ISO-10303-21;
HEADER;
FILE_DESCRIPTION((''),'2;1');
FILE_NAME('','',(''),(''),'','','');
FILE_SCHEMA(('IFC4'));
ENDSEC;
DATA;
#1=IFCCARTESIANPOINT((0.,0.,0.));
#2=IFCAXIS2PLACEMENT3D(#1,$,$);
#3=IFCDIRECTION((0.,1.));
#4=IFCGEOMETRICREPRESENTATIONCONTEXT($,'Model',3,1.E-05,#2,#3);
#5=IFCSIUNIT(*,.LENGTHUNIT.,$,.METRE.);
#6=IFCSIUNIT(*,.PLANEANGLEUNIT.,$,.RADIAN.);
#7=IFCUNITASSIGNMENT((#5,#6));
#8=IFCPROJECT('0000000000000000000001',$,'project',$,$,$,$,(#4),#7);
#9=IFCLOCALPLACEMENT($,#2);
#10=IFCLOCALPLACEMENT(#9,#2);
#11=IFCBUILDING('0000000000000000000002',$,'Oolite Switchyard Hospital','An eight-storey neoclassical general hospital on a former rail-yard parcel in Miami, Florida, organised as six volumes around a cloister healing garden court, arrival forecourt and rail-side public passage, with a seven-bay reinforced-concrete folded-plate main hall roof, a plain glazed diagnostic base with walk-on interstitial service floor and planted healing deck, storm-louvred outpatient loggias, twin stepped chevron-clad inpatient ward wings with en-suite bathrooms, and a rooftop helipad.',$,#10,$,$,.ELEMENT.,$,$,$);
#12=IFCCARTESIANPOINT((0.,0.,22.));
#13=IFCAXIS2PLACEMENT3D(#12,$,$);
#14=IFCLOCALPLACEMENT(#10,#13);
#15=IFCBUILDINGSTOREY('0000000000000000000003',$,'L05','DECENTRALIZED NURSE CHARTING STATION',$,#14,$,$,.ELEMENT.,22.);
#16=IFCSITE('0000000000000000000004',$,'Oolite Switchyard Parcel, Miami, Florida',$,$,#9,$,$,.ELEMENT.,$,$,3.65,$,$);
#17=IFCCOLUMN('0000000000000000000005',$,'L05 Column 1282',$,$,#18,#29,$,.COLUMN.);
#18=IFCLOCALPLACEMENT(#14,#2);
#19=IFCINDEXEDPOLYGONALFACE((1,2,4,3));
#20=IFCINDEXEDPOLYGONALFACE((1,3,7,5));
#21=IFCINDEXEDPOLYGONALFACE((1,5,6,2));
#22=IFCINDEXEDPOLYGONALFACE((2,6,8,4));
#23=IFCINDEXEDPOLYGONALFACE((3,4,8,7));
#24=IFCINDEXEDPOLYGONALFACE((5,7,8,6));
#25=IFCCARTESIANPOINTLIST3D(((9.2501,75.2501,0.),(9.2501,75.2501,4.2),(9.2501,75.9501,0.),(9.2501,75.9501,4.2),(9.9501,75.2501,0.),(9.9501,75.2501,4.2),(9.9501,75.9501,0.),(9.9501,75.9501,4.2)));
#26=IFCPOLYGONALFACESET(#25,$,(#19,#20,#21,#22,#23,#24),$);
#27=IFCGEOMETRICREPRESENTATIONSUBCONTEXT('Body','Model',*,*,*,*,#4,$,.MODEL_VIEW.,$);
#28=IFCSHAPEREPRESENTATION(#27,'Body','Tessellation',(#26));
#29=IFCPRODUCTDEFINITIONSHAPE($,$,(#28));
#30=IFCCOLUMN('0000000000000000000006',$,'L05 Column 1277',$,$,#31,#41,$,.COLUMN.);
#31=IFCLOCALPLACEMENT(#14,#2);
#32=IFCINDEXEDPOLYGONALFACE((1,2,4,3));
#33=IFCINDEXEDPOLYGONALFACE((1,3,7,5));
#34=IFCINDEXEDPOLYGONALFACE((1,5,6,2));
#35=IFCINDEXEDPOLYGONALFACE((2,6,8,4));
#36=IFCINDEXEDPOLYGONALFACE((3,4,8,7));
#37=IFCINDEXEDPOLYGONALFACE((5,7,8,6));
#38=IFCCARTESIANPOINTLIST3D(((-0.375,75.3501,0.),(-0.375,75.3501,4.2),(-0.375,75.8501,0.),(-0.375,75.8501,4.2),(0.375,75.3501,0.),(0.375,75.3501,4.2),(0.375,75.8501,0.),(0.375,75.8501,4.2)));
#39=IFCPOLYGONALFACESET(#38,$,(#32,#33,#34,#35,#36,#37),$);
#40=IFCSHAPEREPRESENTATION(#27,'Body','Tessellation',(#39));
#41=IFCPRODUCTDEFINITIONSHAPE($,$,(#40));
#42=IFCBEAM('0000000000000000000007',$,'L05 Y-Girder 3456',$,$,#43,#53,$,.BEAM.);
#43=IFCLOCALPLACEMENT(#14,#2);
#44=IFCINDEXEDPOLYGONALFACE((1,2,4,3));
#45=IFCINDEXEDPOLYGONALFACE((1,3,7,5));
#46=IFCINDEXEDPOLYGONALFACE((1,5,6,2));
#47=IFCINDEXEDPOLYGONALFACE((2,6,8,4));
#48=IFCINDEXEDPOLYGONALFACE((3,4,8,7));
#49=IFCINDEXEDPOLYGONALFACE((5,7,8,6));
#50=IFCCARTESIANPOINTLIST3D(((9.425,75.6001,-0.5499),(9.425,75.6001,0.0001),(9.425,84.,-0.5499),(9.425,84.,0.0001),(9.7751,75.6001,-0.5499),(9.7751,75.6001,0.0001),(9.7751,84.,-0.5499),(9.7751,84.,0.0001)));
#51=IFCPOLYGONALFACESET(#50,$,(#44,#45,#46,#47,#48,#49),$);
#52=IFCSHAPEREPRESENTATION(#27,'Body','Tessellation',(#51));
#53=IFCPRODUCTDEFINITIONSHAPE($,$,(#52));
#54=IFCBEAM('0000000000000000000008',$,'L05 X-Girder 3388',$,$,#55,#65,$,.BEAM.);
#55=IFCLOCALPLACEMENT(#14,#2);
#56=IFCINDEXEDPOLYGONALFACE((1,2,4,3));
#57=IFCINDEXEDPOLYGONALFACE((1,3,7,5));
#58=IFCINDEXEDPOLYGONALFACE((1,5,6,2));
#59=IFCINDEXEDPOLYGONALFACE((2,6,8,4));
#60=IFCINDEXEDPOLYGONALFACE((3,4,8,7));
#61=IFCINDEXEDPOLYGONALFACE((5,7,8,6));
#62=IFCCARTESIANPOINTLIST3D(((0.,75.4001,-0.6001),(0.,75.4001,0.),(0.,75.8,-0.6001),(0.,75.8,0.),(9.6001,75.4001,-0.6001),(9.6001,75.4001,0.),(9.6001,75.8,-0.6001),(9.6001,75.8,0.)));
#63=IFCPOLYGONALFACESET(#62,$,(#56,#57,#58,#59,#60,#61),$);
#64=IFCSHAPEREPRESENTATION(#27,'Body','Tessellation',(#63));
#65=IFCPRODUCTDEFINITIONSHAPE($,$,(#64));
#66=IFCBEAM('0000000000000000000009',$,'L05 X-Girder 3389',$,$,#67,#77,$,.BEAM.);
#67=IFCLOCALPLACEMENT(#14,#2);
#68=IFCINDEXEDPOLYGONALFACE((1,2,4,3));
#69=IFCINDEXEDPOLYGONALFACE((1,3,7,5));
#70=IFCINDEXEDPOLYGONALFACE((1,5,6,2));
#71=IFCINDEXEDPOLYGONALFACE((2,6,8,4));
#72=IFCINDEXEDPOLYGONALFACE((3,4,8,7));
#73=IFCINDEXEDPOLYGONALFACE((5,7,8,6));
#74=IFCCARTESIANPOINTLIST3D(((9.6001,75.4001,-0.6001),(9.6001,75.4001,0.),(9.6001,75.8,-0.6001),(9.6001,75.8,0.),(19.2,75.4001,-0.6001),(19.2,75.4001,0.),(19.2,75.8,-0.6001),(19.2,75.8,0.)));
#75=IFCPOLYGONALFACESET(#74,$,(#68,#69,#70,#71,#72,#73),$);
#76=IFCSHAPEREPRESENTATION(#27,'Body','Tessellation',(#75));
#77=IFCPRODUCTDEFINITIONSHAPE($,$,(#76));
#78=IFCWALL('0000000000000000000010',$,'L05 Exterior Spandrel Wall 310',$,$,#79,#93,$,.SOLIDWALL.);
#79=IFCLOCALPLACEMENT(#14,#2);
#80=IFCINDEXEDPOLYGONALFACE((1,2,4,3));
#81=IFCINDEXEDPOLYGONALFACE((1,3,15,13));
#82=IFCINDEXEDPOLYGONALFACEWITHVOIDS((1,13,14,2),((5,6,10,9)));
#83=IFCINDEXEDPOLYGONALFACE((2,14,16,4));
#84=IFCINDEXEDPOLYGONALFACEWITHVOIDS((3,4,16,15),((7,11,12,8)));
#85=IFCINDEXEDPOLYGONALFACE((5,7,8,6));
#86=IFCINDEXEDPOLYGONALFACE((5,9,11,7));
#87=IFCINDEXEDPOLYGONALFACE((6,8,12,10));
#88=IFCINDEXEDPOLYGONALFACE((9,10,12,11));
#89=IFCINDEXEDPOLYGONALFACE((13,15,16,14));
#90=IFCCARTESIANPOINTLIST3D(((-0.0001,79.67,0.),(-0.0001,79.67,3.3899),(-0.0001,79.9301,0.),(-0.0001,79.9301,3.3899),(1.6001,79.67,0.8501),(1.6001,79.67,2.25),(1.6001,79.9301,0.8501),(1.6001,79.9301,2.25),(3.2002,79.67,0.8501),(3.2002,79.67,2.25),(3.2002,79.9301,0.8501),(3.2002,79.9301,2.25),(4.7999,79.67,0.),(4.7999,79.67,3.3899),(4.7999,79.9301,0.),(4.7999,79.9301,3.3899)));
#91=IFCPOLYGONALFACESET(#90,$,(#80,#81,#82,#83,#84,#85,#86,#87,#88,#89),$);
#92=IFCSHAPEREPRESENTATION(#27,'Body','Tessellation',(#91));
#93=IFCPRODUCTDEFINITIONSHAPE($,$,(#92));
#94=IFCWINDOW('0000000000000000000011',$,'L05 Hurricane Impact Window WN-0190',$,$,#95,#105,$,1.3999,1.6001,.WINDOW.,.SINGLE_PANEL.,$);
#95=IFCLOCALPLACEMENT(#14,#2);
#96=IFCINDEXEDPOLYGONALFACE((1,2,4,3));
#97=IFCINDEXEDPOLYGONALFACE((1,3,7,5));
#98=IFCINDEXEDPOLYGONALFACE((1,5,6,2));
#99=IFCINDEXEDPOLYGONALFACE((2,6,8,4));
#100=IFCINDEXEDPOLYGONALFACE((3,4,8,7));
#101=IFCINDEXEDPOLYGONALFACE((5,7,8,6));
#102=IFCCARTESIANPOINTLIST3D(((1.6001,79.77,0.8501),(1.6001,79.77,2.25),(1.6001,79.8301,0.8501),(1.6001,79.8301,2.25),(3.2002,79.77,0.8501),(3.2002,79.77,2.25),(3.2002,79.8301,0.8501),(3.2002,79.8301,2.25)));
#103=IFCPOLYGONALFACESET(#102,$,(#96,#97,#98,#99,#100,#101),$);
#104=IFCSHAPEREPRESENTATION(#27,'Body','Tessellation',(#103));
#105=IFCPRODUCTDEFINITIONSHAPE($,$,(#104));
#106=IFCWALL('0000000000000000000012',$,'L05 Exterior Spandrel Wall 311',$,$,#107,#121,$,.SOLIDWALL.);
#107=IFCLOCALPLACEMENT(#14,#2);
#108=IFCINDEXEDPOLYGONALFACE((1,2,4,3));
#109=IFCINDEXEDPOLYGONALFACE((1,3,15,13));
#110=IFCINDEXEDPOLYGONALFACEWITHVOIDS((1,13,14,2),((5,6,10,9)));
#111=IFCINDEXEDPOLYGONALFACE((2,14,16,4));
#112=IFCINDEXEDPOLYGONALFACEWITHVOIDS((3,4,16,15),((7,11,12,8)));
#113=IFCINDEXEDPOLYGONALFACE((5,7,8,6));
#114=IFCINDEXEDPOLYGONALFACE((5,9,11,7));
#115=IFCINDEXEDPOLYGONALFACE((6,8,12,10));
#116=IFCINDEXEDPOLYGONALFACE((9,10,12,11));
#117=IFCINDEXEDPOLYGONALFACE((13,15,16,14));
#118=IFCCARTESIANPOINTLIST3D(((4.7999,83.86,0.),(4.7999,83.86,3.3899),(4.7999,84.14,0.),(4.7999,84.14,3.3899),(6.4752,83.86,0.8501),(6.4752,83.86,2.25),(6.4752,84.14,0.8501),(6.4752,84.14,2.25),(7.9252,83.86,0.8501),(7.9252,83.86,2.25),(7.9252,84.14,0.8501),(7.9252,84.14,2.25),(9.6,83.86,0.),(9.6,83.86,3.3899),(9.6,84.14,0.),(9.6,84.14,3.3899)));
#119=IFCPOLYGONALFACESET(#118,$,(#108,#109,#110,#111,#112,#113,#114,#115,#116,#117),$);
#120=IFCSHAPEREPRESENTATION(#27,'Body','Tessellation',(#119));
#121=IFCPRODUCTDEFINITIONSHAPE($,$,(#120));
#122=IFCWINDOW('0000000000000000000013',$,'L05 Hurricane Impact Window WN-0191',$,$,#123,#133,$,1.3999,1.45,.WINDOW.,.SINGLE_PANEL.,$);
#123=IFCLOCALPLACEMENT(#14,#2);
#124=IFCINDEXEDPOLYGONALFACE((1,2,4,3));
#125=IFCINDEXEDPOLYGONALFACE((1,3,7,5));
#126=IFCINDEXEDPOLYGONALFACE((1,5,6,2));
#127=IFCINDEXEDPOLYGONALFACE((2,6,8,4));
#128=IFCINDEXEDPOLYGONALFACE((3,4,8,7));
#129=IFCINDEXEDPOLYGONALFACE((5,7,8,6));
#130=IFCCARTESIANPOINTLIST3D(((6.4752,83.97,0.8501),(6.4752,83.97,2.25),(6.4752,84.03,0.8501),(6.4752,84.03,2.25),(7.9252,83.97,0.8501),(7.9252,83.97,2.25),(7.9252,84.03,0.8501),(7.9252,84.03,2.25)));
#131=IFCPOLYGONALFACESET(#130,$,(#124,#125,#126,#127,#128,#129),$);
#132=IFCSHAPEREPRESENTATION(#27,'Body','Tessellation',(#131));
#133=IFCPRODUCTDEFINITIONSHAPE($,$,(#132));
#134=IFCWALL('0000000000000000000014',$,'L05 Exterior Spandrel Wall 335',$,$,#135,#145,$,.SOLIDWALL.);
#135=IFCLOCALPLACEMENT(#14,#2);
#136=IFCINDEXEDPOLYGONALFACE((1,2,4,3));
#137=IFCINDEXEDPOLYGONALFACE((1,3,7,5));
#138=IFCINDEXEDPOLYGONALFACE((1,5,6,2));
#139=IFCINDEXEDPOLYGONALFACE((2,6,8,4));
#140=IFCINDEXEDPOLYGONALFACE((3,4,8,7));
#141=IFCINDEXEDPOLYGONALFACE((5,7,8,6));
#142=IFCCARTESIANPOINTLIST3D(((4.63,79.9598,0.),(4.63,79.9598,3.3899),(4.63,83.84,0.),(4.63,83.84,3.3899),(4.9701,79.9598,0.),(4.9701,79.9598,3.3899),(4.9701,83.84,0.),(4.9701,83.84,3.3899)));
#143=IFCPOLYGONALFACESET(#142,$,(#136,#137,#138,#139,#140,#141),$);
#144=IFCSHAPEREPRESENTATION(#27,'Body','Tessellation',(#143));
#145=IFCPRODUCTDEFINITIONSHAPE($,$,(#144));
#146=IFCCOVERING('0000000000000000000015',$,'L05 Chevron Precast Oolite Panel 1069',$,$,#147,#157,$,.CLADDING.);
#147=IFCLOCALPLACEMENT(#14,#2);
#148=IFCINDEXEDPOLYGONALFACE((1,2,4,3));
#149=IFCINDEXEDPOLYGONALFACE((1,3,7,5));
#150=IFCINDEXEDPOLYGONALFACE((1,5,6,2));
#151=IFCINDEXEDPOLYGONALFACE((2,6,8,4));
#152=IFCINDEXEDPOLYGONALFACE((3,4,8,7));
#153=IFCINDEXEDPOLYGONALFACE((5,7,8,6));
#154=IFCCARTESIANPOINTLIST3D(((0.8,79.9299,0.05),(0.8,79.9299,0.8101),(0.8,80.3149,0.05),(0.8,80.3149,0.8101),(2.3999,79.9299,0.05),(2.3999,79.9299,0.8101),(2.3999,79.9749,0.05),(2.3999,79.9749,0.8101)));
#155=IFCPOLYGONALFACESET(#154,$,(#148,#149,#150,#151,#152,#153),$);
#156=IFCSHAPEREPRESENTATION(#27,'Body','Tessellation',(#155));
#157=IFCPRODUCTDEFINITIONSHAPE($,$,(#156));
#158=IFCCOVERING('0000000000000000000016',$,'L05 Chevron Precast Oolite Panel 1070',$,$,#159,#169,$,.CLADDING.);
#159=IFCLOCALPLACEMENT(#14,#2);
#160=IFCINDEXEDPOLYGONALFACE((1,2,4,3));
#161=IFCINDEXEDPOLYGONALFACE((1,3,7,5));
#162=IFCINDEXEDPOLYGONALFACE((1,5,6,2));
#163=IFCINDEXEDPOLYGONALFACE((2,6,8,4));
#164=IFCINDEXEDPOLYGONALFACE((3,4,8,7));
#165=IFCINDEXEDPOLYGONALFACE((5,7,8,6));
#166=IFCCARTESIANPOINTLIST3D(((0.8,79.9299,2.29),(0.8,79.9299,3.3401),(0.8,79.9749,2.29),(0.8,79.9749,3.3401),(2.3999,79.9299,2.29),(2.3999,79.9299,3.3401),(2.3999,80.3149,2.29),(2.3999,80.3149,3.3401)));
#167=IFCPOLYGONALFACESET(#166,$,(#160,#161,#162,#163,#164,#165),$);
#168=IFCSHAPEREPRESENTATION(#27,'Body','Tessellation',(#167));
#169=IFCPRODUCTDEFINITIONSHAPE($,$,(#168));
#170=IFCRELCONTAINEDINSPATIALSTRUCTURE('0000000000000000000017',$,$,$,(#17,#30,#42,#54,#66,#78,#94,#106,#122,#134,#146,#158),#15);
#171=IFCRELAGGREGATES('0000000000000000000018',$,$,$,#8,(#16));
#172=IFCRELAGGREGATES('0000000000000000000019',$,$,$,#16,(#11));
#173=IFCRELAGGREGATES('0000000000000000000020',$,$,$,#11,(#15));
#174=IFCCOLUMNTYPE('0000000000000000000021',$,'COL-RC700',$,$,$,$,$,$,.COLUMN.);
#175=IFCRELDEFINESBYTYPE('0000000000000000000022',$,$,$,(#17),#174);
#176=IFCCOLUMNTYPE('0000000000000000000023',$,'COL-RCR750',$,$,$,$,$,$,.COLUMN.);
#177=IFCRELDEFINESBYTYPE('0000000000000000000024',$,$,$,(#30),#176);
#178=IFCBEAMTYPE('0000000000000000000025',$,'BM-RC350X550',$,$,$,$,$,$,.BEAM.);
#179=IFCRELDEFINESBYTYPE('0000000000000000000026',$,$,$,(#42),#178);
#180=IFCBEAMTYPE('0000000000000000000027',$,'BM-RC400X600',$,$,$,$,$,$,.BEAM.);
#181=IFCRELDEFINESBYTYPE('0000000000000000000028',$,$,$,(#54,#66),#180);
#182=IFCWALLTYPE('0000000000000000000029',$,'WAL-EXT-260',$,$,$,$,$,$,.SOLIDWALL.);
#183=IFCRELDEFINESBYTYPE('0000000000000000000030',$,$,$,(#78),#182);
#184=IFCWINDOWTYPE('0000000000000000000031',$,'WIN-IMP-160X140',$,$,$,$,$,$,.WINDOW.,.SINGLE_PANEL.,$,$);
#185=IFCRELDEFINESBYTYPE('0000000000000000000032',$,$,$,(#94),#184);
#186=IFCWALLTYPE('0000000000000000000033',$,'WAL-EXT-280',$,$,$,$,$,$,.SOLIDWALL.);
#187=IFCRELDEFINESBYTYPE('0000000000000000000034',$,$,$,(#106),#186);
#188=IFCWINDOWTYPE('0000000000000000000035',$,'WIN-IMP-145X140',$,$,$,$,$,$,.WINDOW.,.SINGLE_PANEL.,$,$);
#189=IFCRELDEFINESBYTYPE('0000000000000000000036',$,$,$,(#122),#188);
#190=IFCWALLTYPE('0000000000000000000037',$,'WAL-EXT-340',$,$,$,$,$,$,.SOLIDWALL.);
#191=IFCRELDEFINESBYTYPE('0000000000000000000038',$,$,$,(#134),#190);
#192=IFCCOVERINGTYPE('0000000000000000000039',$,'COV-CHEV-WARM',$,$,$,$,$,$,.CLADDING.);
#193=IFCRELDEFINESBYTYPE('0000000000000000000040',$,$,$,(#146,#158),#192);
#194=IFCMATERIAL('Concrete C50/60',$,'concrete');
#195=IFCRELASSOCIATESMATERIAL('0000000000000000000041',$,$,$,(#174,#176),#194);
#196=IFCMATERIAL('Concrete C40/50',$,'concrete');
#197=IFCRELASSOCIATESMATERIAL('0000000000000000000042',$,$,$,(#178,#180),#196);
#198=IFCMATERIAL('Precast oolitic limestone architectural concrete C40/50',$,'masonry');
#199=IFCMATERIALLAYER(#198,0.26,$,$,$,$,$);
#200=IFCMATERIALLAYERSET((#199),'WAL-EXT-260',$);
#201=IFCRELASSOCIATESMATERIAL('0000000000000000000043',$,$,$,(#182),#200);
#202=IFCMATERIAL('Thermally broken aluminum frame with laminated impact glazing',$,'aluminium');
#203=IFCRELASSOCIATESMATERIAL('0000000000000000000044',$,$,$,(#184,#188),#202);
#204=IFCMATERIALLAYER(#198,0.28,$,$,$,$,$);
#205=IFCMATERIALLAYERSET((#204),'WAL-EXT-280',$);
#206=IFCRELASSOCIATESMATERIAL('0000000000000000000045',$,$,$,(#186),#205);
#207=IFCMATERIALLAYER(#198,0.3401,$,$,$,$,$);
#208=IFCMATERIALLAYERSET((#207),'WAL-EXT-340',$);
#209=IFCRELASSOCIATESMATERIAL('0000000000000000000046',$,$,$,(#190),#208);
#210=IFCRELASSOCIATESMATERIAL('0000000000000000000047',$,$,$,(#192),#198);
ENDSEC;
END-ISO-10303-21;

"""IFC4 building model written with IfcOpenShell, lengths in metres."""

from ifc_helpers import new_model, si_unit, direction, frame, frame_2d, origin, origin_2d, place, context, subcontext, project, spatial, polyline, rectangle, outline, extrude, material, layer, layer_set, material_profile, profile_set, type_object, element, fill, save


model = new_model("IFC4")

# Units and contexts
model_context = context("Model", 3, precision=1e-05, world=origin(), true_north=direction((0.0, 1.0)))
body_context = subcontext(model_context, "Body", "Model", "MODEL_VIEW")
ifc_project = project(units=[si_unit("LENGTHUNIT", "METRE"), si_unit("PLANEANGLEUNIT", "RADIAN")], contexts=[model_context])

# Site, building, storey
site_placement = place(None, origin())
site = spatial("IfcSite", under=ifc_project, at=site_placement, Name="Oolite Switchyard Parcel, Miami, Florida", CompositionType="ELEMENT", RefElevation=3.65)
building_placement = place(site_placement, origin())
building = spatial("IfcBuilding", under=site, at=building_placement, Name="Oolite Switchyard Hospital", Description="An eight-storey neoclassical general hospital on a former rail-yard parcel in Miami, Florida, organised as six volumes around a cloister healing garden court, arrival forecourt and rail-side public passage, with a seven-bay reinforced-concrete folded-plate main hall roof, a plain glazed diagnostic base with walk-on interstitial service floor and planted healing deck, storm-louvred outpatient loggias, twin stepped chevron-clad inpatient ward wings with en-suite bathrooms, and a rooftop helipad.", CompositionType="ELEMENT")
storey_placement = place(building_placement, frame((0.0, 0.0, 22.0)))
storey = spatial("IfcBuildingStorey", under=building, at=storey_placement, Name="L05", Description="DECENTRALIZED NURSE CHARTING STATION", CompositionType="ELEMENT", Elevation=22.0)

# Columns
ifc_material_1 = material(Name="Concrete C50/60", Category="concrete")
ifc_material_profile_1 = material_profile(ifc_material_1, rectangle(XDim=0.7, YDim=0.7, at=origin_2d()), Name="RC700X700")
ifc_profile_set_1 = profile_set([ifc_material_profile_1], Name="Concrete C50/60")
column_type_1 = type_object("IfcColumnType", Name="COL-RC700", PredefinedType="COLUMN", material=ifc_profile_set_1)
column_1_placement = place(storey_placement, frame((9.6001, 75.6001, 0.0), z_axis=(0.0, 0.0, 1.0), x_axis=(1.0, 0.0, 0.0)))
element("IfcColumn", 1, at=column_1_placement, inside=storey, type_object=column_type_1, Name="L05 Column 1282", PredefinedType="COLUMN", context=body_context, shape_type="SweptSolid", body=[
    extrude(rectangle(XDim=0.7, YDim=0.7, at=origin_2d()), origin(), (0.0, 0.0, 1.0), 4.2),
])
ifc_material_profile_2 = material_profile(ifc_material_1, rectangle(XDim=0.75, YDim=0.5, at=origin_2d()), Name="RC750X500")
ifc_profile_set_2 = profile_set([ifc_material_profile_2], Name="Concrete C50/60")
column_type_2 = type_object("IfcColumnType", Name="COL-RCR750", PredefinedType="COLUMN", material=ifc_profile_set_2)
column_2_placement = place(storey_placement, frame((0.0, 75.6001, 0.0), z_axis=(0.0, 0.0, 1.0), x_axis=(1.0, 0.0, 0.0)))
element("IfcColumn", 2, at=column_2_placement, inside=storey, type_object=column_type_2, Name="L05 Column 1277", PredefinedType="COLUMN", context=body_context, shape_type="SweptSolid", body=[
    extrude(rectangle(XDim=0.75, YDim=0.5, at=origin_2d()), origin(), (0.0, 0.0, 1.0), 4.2),
])

# Beams
ifc_material_2 = material(Name="Concrete C40/50", Category="concrete")
ifc_material_profile_3 = material_profile(ifc_material_2, rectangle(XDim=0.3501, YDim=0.55, at=origin_2d()), Name="RCB350X550")
ifc_profile_set_3 = profile_set([ifc_material_profile_3], Name="Concrete C40/50")
beam_type_1 = type_object("IfcBeamType", Name="BM-RC350X550", PredefinedType="BEAM", material=ifc_profile_set_3)
beam_1_placement = place(storey_placement, frame((9.6001, 75.6001, -0.2749), z_axis=(0.0, 1.0, 0.0), x_axis=(-1.0, 0.0, 0.0)))
element("IfcBeam", 3, at=beam_1_placement, inside=storey, type_object=beam_type_1, Name="L05 Y-Girder 3456", PredefinedType="BEAM", context=body_context, shape_type="SweptSolid", body=[
    extrude(rectangle(XDim=0.3501, YDim=0.55, at=origin_2d()), origin(), (0.0, 0.0, 1.0), 8.3999),
])
ifc_material_profile_4 = material_profile(ifc_material_2, rectangle(XDim=0.3999, YDim=0.6001, at=origin_2d()), Name="RCB400X600")
ifc_profile_set_4 = profile_set([ifc_material_profile_4], Name="Concrete C40/50")
beam_type_2 = type_object("IfcBeamType", Name="BM-RC400X600", PredefinedType="BEAM", material=ifc_profile_set_4)
beam_2_placement = place(storey_placement, frame((0.0, 75.6001, -0.3), z_axis=(1.0, 0.0, 0.0), x_axis=(0.0, 1.0, 0.0)))
element("IfcBeam", 4, at=beam_2_placement, inside=storey, type_object=beam_type_2, Name="L05 X-Girder 3388", PredefinedType="BEAM", context=body_context, shape_type="SweptSolid", body=[
    extrude(rectangle(XDim=0.3999, YDim=0.6001, at=origin_2d()), origin(), (0.0, 0.0, 1.0), 9.6001),
])
beam_3_placement = place(storey_placement, frame((9.6001, 75.6001, -0.3), z_axis=(1.0, 0.0, 0.0), x_axis=(0.0, 1.0, 0.0)))
element("IfcBeam", 5, at=beam_3_placement, inside=storey, type_object=beam_type_2, Name="L05 X-Girder 3389", PredefinedType="BEAM", context=body_context, shape_type="SweptSolid", body=[
    extrude(rectangle(XDim=0.3999, YDim=0.6001, at=origin_2d()), origin(), (0.0, 0.0, 1.0), 9.5999),
])

# Walls, openings, windows
ifc_material_3 = material(Name="Precast oolitic limestone architectural concrete C40/50", Category="masonry")
ifc_layer_1 = layer(ifc_material_3, 0.26)
ifc_layer_set_1 = layer_set([ifc_layer_1], Name="WAL-EXT-260")
wall_type_1 = type_object("IfcWallType", Name="WAL-EXT-260", PredefinedType="SOLIDWALL", material=ifc_layer_set_1)
wall_1_placement = place(storey_placement, frame((0.0, 79.8, 0.0), z_axis=(0.0, 0.0, 1.0), x_axis=(1.0, 0.0, 0.0)))
wall_1 = element("IfcWall", 6, at=wall_1_placement, inside=storey, type_object=wall_type_1, Name="L05 Exterior Spandrel Wall 310", PredefinedType="SOLIDWALL", context=body_context, shape_type="SweptSolid", body=[
    extrude(rectangle(XDim=4.8, YDim=0.26, at=frame_2d((2.3999, 0.0))), origin(), (0.0, 0.0, 1.0), 3.3899),
])
opening_1_placement = place(wall_1_placement, frame((1.6001, 0.0, 0.8501)))
opening_1 = element("IfcOpeningElement", 7, at=opening_1_placement, cuts=wall_1, PredefinedType="OPENING", context=body_context, shape_type="SweptSolid", body=[
    extrude(rectangle(XDim=1.6001, YDim=1.3999, at=frame_2d((0.8, 0.7))), frame((0.0, 0.1401, 0.0), z_axis=(0.0, -1.0, 0.0), x_axis=(1.0, 0.0, 0.0)), (0.0, 0.0, 1.0), 0.28),
])
ifc_material_4 = material(Name="Thermally broken aluminum frame with laminated impact glazing", Category="aluminium")
window_type_1 = type_object("IfcWindowType", Name="WIN-IMP-160X140", PartitioningType="SINGLE_PANEL", PredefinedType="WINDOW", material=ifc_material_4)
window_1_placement = place(opening_1_placement, origin())
window_1 = element("IfcWindow", 8, at=window_1_placement, inside=storey, type_object=window_type_1, Name="L05 Hurricane Impact Window WN-0190", OverallHeight=1.3999, OverallWidth=1.6001, PartitioningType="SINGLE_PANEL", PredefinedType="WINDOW", context=body_context, shape_type="SweptSolid", body=[
    extrude(rectangle(XDim=1.6001, YDim=1.3999, at=frame_2d((0.8, 0.7))), frame((0.0, 0.03, 0.0), z_axis=(0.0, -1.0, 0.0), x_axis=(1.0, 0.0, 0.0)), (0.0, 0.0, 1.0), 0.0601),
])
fill(opening_1, window_1)
ifc_layer_2 = layer(ifc_material_3, 0.28)
ifc_layer_set_2 = layer_set([ifc_layer_2], Name="WAL-EXT-280")
wall_type_2 = type_object("IfcWallType", Name="WAL-EXT-280", PredefinedType="SOLIDWALL", material=ifc_layer_set_2)
wall_2_placement = place(storey_placement, frame((4.8, 84.0, 0.0), z_axis=(0.0, 0.0, 1.0), x_axis=(1.0, 0.0, 0.0)))
wall_2 = element("IfcWall", 9, at=wall_2_placement, inside=storey, type_object=wall_type_2, Name="L05 Exterior Spandrel Wall 311", PredefinedType="SOLIDWALL", context=body_context, shape_type="SweptSolid", body=[
    extrude(rectangle(XDim=4.8, YDim=0.28, at=frame_2d((2.3999, 0.0))), origin(), (0.0, 0.0, 1.0), 3.3899),
])
opening_2_placement = place(wall_2_placement, frame((1.675, 0.0, 0.8501)))
opening_2 = element("IfcOpeningElement", 10, at=opening_2_placement, cuts=wall_2, PredefinedType="OPENING", context=body_context, shape_type="SweptSolid", body=[
    extrude(rectangle(XDim=1.45, YDim=1.3999, at=frame_2d((0.7251, 0.7))), frame((0.0, 0.1499, 0.0), z_axis=(0.0, -1.0, 0.0), x_axis=(1.0, 0.0, 0.0)), (0.0, 0.0, 1.0), 0.3),
])
window_type_2 = type_object("IfcWindowType", Name="WIN-IMP-145X140", PartitioningType="SINGLE_PANEL", PredefinedType="WINDOW", material=ifc_material_4)
window_2_placement = place(opening_2_placement, origin())
window_2 = element("IfcWindow", 11, at=window_2_placement, inside=storey, type_object=window_type_2, Name="L05 Hurricane Impact Window WN-0191", OverallHeight=1.3999, OverallWidth=1.45, PartitioningType="SINGLE_PANEL", PredefinedType="WINDOW", context=body_context, shape_type="SweptSolid", body=[
    extrude(rectangle(XDim=1.45, YDim=1.3999, at=frame_2d((0.7251, 0.7))), frame((0.0, 0.03, 0.0), z_axis=(0.0, -1.0, 0.0), x_axis=(1.0, 0.0, 0.0)), (0.0, 0.0, 1.0), 0.0601),
])
fill(opening_2, window_2)

# Wall
ifc_layer_3 = layer(ifc_material_3, 0.3401)
ifc_layer_set_3 = layer_set([ifc_layer_3], Name="WAL-EXT-340")
wall_type_3 = type_object("IfcWallType", Name="WAL-EXT-340", PredefinedType="SOLIDWALL", material=ifc_layer_set_3)
wall_3_placement = place(storey_placement, frame((4.8, 79.96, 0.0), z_axis=(0.0, 0.0, 1.0), x_axis=(0.0, 1.0, 0.0)))
element("IfcWall", 12, at=wall_3_placement, inside=storey, type_object=wall_type_3, Name="L05 Exterior Spandrel Wall 335", PredefinedType="SOLIDWALL", context=body_context, shape_type="SweptSolid", body=[
    extrude(rectangle(XDim=3.8801, YDim=0.3401, at=frame_2d((1.9399, 0.0))), origin(), (0.0, 0.0, 1.0), 3.3899),
])

# Coverings
covering_type = type_object("IfcCoveringType", Name="COV-CHEV-WARM", PredefinedType="CLADDING", material=ifc_material_3)
covering_1_placement = place(storey_placement, frame((0.8, 79.9299, 0.05), z_axis=(0.0, 0.0, 1.0), x_axis=(1.0, 0.0, 0.0)))
element("IfcCovering", 13, at=covering_1_placement, inside=storey, type_object=covering_type, Name="L05 Chevron Precast Oolite Panel 1069", PredefinedType="CLADDING", context=body_context, shape_type="SweptSolid", body=[
    extrude(outline(polyline([(0.0, 0.0), (1.5999, 0.0), (1.5999, 0.0449), (0.0, 0.385), (0.0, 0.0)])), origin(), (0.0, 0.0, 1.0), 0.76),
])
covering_2_placement = place(storey_placement, frame((0.8, 79.9299, 2.29), z_axis=(0.0, 0.0, 1.0), x_axis=(1.0, 0.0, 0.0)))
element("IfcCovering", 14, at=covering_2_placement, inside=storey, type_object=covering_type, Name="L05 Chevron Precast Oolite Panel 1070", PredefinedType="CLADDING", context=body_context, shape_type="SweptSolid", body=[
    extrude(outline(polyline([(0.0, 0.0), (1.5999, 0.0), (1.5999, 0.385), (0.0, 0.0449), (0.0, 0.0)])), origin(), (0.0, 0.0, 1.0), 1.05),
])

save(model, "model.ifc")
